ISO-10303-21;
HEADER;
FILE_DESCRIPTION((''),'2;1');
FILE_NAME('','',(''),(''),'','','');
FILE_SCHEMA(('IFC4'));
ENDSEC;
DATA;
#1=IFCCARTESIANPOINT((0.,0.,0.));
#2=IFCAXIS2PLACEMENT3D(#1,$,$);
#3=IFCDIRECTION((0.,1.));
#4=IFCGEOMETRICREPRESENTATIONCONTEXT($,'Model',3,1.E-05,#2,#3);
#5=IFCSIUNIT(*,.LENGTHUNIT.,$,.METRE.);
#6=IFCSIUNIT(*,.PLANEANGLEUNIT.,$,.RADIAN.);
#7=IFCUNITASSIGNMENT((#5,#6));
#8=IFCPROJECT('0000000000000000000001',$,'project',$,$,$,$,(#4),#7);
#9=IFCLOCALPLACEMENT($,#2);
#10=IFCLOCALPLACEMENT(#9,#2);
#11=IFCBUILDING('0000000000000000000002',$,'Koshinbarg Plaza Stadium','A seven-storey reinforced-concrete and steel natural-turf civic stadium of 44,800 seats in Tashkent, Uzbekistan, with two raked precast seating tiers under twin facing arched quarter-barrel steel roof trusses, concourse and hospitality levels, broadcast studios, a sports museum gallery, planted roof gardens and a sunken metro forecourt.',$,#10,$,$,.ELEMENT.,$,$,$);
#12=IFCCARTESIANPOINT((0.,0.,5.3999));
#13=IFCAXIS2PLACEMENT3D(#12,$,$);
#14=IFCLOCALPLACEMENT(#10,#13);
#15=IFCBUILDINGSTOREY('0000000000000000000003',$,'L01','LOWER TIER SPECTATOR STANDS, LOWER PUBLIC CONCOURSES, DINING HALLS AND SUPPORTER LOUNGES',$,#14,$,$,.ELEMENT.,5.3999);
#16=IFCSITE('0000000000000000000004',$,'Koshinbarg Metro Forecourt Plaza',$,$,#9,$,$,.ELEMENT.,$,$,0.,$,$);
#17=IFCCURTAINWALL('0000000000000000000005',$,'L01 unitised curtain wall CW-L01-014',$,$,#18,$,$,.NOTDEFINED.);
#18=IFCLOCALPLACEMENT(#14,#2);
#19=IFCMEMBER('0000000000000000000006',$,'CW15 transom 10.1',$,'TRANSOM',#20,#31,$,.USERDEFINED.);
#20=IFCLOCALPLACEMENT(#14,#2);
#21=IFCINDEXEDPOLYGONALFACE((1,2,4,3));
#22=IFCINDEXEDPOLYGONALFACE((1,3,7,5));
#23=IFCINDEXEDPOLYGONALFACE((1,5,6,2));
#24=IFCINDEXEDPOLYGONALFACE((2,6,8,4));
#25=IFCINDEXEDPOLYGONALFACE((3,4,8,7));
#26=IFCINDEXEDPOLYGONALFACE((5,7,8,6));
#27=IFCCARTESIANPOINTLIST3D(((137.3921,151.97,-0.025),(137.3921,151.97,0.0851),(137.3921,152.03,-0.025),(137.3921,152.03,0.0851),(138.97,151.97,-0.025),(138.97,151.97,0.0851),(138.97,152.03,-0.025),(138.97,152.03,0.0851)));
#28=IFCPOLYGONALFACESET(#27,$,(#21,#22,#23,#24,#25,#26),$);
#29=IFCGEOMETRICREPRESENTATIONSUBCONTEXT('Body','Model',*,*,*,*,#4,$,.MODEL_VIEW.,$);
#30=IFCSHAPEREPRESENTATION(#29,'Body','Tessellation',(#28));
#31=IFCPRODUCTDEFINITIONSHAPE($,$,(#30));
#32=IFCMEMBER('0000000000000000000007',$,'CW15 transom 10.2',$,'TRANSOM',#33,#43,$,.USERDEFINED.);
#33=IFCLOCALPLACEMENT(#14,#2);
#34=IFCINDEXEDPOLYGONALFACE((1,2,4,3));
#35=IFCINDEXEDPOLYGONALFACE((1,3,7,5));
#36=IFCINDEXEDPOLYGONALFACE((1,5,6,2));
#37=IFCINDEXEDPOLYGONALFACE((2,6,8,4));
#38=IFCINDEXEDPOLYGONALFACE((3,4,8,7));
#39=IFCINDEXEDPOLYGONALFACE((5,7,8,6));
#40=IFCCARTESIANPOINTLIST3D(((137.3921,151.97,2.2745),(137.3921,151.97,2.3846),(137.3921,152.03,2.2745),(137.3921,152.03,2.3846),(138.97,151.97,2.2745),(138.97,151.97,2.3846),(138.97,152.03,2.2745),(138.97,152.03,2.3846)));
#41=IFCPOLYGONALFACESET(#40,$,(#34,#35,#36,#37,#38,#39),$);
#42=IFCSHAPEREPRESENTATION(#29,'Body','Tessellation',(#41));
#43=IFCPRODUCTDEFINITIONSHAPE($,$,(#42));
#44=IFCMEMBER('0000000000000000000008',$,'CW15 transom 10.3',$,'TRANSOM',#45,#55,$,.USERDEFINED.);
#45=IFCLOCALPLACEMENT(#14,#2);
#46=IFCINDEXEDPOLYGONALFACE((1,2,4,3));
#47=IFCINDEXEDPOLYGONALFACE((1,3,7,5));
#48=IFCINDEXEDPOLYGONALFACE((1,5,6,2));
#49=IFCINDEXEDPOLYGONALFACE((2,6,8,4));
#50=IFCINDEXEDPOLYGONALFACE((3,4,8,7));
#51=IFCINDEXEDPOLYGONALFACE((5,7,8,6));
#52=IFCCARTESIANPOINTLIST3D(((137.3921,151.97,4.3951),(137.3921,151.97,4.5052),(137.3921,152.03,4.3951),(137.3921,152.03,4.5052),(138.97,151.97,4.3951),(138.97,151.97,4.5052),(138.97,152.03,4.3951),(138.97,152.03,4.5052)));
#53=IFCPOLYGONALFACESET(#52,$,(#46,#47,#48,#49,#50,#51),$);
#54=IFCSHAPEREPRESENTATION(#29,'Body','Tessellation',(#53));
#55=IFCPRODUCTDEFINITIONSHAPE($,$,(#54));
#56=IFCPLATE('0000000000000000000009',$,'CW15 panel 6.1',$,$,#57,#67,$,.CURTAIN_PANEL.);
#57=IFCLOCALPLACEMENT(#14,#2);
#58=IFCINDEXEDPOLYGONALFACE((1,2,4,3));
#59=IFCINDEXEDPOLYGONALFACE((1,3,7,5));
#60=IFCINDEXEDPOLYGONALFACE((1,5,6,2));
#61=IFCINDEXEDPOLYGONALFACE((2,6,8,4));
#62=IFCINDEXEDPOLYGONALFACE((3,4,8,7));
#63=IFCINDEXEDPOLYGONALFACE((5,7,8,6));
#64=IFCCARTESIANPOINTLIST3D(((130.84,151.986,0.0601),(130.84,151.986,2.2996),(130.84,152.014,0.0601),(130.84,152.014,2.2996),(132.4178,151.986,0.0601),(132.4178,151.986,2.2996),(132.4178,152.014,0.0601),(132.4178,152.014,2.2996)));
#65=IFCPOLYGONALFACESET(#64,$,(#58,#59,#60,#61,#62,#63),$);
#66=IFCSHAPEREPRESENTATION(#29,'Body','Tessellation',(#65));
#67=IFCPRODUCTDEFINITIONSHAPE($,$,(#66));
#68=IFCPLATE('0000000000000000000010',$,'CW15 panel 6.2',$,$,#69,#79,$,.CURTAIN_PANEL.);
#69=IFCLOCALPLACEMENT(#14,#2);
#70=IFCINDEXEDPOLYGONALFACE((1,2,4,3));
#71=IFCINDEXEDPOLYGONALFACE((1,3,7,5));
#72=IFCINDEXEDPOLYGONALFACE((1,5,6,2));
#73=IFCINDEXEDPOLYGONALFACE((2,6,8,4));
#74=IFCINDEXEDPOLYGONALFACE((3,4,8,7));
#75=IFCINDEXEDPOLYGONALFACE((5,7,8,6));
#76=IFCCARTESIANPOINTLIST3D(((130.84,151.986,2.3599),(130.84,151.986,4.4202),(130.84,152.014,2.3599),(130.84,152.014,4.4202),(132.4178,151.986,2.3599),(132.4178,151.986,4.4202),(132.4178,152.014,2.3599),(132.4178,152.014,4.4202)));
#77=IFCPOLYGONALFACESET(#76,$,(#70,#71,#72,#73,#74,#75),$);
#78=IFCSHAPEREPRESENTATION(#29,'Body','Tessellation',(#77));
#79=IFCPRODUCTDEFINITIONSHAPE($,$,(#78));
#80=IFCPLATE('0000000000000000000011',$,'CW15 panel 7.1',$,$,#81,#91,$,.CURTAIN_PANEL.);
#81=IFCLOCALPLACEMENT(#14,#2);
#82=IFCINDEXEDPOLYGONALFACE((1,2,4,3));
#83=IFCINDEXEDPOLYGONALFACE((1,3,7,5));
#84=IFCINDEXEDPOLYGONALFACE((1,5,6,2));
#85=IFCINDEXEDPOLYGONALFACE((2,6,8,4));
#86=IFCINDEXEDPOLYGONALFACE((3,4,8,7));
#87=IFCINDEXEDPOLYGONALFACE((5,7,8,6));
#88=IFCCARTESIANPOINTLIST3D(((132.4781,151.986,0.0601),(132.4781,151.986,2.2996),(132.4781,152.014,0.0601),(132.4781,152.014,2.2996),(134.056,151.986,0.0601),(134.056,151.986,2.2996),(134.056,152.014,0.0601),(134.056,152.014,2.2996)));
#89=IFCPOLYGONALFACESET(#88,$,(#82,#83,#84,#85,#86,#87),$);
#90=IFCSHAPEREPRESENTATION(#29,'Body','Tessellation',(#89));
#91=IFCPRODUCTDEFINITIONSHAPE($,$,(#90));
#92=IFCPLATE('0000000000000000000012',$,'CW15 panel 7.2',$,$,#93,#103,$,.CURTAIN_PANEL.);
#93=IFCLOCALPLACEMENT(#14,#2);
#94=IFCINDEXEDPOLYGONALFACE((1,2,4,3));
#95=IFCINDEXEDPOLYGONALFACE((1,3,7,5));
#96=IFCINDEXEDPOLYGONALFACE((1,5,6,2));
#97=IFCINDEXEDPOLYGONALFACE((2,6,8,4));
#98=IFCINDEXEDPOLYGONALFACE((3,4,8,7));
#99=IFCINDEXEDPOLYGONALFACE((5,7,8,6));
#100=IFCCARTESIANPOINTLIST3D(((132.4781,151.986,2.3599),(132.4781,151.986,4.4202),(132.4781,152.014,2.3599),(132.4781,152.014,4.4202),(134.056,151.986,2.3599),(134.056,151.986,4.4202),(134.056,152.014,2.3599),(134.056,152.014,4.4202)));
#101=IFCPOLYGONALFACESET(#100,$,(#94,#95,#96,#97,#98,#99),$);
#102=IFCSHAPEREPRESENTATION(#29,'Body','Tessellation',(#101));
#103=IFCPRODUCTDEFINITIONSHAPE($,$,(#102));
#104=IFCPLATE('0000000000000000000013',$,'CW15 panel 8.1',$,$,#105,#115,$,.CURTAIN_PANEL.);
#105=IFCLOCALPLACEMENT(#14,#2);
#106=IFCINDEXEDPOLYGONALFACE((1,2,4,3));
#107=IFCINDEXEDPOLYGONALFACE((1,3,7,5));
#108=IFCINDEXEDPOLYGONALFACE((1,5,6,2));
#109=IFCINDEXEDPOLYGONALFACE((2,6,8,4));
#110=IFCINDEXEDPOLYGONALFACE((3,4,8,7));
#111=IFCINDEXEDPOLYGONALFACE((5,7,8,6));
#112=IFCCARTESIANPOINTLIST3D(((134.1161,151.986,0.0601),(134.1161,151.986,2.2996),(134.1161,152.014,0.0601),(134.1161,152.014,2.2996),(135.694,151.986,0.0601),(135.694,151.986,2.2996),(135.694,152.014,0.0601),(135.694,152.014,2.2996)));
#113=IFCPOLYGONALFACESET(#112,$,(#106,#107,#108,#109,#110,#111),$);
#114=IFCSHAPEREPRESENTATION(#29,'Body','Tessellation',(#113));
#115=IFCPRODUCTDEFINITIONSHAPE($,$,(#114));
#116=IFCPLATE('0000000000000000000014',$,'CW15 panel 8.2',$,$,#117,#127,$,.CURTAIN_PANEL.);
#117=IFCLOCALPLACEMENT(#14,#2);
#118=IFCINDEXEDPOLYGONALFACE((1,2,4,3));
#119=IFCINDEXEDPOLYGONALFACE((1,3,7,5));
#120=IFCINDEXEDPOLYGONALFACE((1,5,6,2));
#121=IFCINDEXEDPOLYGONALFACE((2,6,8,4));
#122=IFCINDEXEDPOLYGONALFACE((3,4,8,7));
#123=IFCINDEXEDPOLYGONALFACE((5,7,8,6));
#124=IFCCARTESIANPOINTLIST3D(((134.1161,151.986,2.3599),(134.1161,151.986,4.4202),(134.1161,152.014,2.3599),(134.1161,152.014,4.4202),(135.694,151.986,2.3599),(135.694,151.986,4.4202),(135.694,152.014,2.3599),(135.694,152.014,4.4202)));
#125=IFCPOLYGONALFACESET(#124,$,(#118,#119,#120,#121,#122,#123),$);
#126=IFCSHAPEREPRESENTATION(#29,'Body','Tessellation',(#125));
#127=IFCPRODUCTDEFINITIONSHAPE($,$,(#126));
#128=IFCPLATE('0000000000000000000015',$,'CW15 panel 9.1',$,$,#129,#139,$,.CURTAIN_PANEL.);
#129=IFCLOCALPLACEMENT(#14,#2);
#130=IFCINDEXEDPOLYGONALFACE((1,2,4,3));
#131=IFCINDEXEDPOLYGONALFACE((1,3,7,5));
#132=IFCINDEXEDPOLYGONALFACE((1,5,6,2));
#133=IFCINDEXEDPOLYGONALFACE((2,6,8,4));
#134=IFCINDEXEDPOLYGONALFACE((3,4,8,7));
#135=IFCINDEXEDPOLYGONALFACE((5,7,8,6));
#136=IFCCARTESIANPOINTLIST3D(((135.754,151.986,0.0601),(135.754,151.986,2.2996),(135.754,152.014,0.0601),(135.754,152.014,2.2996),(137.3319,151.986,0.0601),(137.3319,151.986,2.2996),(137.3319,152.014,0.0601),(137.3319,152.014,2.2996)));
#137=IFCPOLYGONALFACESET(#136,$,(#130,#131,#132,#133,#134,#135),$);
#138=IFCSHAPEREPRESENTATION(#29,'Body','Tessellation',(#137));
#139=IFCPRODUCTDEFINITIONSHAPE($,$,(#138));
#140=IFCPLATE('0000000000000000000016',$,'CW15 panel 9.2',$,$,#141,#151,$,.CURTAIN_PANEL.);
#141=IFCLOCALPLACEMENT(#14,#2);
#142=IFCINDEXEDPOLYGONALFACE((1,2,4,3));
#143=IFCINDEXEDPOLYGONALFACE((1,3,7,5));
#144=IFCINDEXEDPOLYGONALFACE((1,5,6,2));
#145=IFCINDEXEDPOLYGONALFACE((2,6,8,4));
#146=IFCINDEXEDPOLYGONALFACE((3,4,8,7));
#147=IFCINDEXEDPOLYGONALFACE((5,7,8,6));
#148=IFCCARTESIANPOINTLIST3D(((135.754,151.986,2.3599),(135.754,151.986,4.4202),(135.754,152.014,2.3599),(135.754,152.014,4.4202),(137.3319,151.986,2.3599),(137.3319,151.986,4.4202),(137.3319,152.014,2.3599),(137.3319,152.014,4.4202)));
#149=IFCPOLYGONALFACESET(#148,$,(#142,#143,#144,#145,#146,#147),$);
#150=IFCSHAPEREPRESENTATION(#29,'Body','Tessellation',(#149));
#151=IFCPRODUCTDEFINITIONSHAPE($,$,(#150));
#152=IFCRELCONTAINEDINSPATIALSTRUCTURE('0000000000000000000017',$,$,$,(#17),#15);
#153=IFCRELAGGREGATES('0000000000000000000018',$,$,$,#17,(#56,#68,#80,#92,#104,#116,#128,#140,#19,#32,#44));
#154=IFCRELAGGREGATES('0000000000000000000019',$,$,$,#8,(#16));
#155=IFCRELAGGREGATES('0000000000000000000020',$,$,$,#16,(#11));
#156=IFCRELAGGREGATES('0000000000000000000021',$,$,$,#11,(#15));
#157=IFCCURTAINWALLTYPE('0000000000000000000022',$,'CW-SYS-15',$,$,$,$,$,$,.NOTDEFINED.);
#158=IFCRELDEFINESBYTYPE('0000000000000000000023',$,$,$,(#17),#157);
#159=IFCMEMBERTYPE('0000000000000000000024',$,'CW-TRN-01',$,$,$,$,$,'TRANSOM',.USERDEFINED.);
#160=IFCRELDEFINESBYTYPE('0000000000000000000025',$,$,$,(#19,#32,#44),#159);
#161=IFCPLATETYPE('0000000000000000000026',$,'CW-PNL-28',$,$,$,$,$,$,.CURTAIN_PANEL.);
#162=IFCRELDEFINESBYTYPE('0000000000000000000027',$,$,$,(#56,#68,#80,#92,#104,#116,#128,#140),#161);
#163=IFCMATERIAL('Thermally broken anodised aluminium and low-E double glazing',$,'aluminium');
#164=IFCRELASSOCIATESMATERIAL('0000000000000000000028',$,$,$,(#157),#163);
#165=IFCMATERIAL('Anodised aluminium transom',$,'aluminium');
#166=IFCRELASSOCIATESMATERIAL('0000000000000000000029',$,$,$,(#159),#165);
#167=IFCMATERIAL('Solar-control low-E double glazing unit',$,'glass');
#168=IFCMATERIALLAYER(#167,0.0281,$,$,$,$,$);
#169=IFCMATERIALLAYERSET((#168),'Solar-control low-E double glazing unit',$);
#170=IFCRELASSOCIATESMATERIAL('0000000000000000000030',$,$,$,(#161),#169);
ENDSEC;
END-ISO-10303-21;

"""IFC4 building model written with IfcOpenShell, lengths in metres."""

from ifc_helpers import new_model, si_unit, direction, frame, origin, origin_2d, place, context, subcontext, project, spatial, rectangle, extrude, material, layer, layer_set, material_profile, profile_set, type_object, element, aggregate, save


model = new_model("IFC4")

# Units and contexts
model_context = context("Model", 3, precision=1e-05, world=origin(), true_north=direction((0.0, 1.0)))
body_context = subcontext(model_context, "Body", "Model", "MODEL_VIEW")
ifc_project = project(units=[si_unit("LENGTHUNIT", "METRE"), si_unit("PLANEANGLEUNIT", "RADIAN")], contexts=[model_context])

# Site, building, storey
site_placement = place(None, origin())
site = spatial("IfcSite", under=ifc_project, at=site_placement, Name="Koshinbarg Metro Forecourt Plaza", CompositionType="ELEMENT", RefElevation=0.0)
building_placement = place(site_placement, origin())
building = spatial("IfcBuilding", under=site, at=building_placement, Name="Koshinbarg Plaza Stadium", Description="A seven-storey reinforced-concrete and steel natural-turf civic stadium of 44,800 seats in Tashkent, Uzbekistan, with two raked precast seating tiers under twin facing arched quarter-barrel steel roof trusses, concourse and hospitality levels, broadcast studios, a sports museum gallery, planted roof gardens and a sunken metro forecourt.", CompositionType="ELEMENT")
storey_placement = place(building_placement, frame((0.0, 0.0, 5.3999)))
storey = spatial("IfcBuildingStorey", under=building, at=storey_placement, Name="L01", Description="LOWER TIER SPECTATOR STANDS, LOWER PUBLIC CONCOURSES, DINING HALLS AND SUPPORTER LOUNGES", CompositionType="ELEMENT", Elevation=5.3999)

# Curtain wall, members, plates
ifc_material_1 = material(Name="Thermally broken anodised aluminium and low-E double glazing", Category="aluminium")
curtain_wall_type = type_object("IfcCurtainWallType", Name="CW-SYS-15", PredefinedType="NOTDEFINED", material=ifc_material_1)
curtain_wall_placement = place(storey_placement, origin())
curtain_wall = element("IfcCurtainWall", 1, at=curtain_wall_placement, inside=storey, type_object=curtain_wall_type, Name="L01 unitised curtain wall CW-L01-014", PredefinedType="NOTDEFINED")
ifc_material_2 = material(Name="Anodised aluminium transom", Category="aluminium")
ifc_material_profile_1 = material_profile(ifc_material_2, rectangle(XDim=0.0601, YDim=0.1101, at=origin_2d()), Name="ALU 60x110")
ifc_profile_set_1 = profile_set([ifc_material_profile_1], Name="Anodised aluminium transom")
member_type_1 = type_object("IfcMemberType", Name="CW-TRN-01", ElementType="TRANSOM", PredefinedType="USERDEFINED", material=ifc_profile_set_1)
member_1_placement = place(storey_placement, frame((137.3921, 152.0, 0.03), z_axis=(1.0, 0.0, 0.0), x_axis=(0.0, 1.0, 0.0)))
member_1 = element("IfcMember", 2, at=member_1_placement, type_object=member_type_1, Name="CW15 transom 10.1", ObjectType="TRANSOM", PredefinedType="USERDEFINED", context=body_context, shape_type="SweptSolid", body=[
    extrude(rectangle(XDim=0.0601, YDim=0.1101, at=origin_2d()), origin(), (0.0, 0.0, 1.0), 1.5779),
])
member_2_placement = place(storey_placement, frame((137.3921, 152.0, 2.3296), z_axis=(1.0, 0.0, 0.0), x_axis=(0.0, 1.0, 0.0)))
member_2 = element("IfcMember", 3, at=member_2_placement, type_object=member_type_1, Name="CW15 transom 10.2", ObjectType="TRANSOM", PredefinedType="USERDEFINED", context=body_context, shape_type="SweptSolid", body=[
    extrude(rectangle(XDim=0.0601, YDim=0.1101, at=origin_2d()), origin(), (0.0, 0.0, 1.0), 1.5779),
])
member_3_placement = place(storey_placement, frame((137.3921, 152.0, 4.4502), z_axis=(1.0, 0.0, 0.0), x_axis=(0.0, 1.0, 0.0)))
member_3 = element("IfcMember", 4, at=member_3_placement, type_object=member_type_1, Name="CW15 transom 10.3", ObjectType="TRANSOM", PredefinedType="USERDEFINED", context=body_context, shape_type="SweptSolid", body=[
    extrude(rectangle(XDim=0.0601, YDim=0.1101, at=origin_2d()), origin(), (0.0, 0.0, 1.0), 1.5779),
])
ifc_material_3 = material(Name="Solar-control low-E double glazing unit", Category="glass")
ifc_layer = layer(ifc_material_3, 0.0281)
ifc_layer_set = layer_set([ifc_layer], Name="Solar-control low-E double glazing unit")
plate_type = type_object("IfcPlateType", Name="CW-PNL-28", PredefinedType="CURTAIN_PANEL", material=ifc_layer_set)
plate_1_placement = place(storey_placement, frame((131.6289, 152.0, 0.0601), z_axis=(0.0, 0.0, 1.0), x_axis=(1.0, 0.0, 0.0)))
plate_1 = element("IfcPlate", 5, at=plate_1_placement, type_object=plate_type, Name="CW15 panel 6.1", PredefinedType="CURTAIN_PANEL", context=body_context, shape_type="SweptSolid", body=[
    extrude(rectangle(XDim=1.5779, YDim=0.0281, at=origin_2d()), origin(), (0.0, 0.0, 1.0), 2.2395),
])
plate_2_placement = place(storey_placement, frame((131.6289, 152.0, 2.3599), z_axis=(0.0, 0.0, 1.0), x_axis=(1.0, 0.0, 0.0)))
plate_2 = element("IfcPlate", 6, at=plate_2_placement, type_object=plate_type, Name="CW15 panel 6.2", PredefinedType="CURTAIN_PANEL", context=body_context, shape_type="SweptSolid", body=[
    extrude(rectangle(XDim=1.5779, YDim=0.0281, at=origin_2d()), origin(), (0.0, 0.0, 1.0), 2.0603),
])
plate_3_placement = place(storey_placement, frame((133.2671, 152.0, 0.0601), z_axis=(0.0, 0.0, 1.0), x_axis=(1.0, 0.0, 0.0)))
plate_3 = element("IfcPlate", 7, at=plate_3_placement, type_object=plate_type, Name="CW15 panel 7.1", PredefinedType="CURTAIN_PANEL", context=body_context, shape_type="SweptSolid", body=[
    extrude(rectangle(XDim=1.5779, YDim=0.0281, at=origin_2d()), origin(), (0.0, 0.0, 1.0), 2.2395),
])
plate_4_placement = place(storey_placement, frame((133.2671, 152.0, 2.3599), z_axis=(0.0, 0.0, 1.0), x_axis=(1.0, 0.0, 0.0)))
plate_4 = element("IfcPlate", 8, at=plate_4_placement, type_object=plate_type, Name="CW15 panel 7.2", PredefinedType="CURTAIN_PANEL", context=body_context, shape_type="SweptSolid", body=[
    extrude(rectangle(XDim=1.5779, YDim=0.0281, at=origin_2d()), origin(), (0.0, 0.0, 1.0), 2.0603),
])
plate_5_placement = place(storey_placement, frame((134.905, 152.0, 0.0601), z_axis=(0.0, 0.0, 1.0), x_axis=(1.0, 0.0, 0.0)))
plate_5 = element("IfcPlate", 9, at=plate_5_placement, type_object=plate_type, Name="CW15 panel 8.1", PredefinedType="CURTAIN_PANEL", context=body_context, shape_type="SweptSolid", body=[
    extrude(rectangle(XDim=1.5779, YDim=0.0281, at=origin_2d()), origin(), (0.0, 0.0, 1.0), 2.2395),
])
plate_6_placement = place(storey_placement, frame((134.905, 152.0, 2.3599), z_axis=(0.0, 0.0, 1.0), x_axis=(1.0, 0.0, 0.0)))
plate_6 = element("IfcPlate", 10, at=plate_6_placement, type_object=plate_type, Name="CW15 panel 8.2", PredefinedType="CURTAIN_PANEL", context=body_context, shape_type="SweptSolid", body=[
    extrude(rectangle(XDim=1.5779, YDim=0.0281, at=origin_2d()), origin(), (0.0, 0.0, 1.0), 2.0603),
])
plate_7_placement = place(storey_placement, frame((136.543, 152.0, 0.0601), z_axis=(0.0, 0.0, 1.0), x_axis=(1.0, 0.0, 0.0)))
plate_7 = element("IfcPlate", 11, at=plate_7_placement, type_object=plate_type, Name="CW15 panel 9.1", PredefinedType="CURTAIN_PANEL", context=body_context, shape_type="SweptSolid", body=[
    extrude(rectangle(XDim=1.5779, YDim=0.0281, at=origin_2d()), origin(), (0.0, 0.0, 1.0), 2.2395),
])
plate_8_placement = place(storey_placement, frame((136.543, 152.0, 2.3599), z_axis=(0.0, 0.0, 1.0), x_axis=(1.0, 0.0, 0.0)))
plate_8 = element("IfcPlate", 12, at=plate_8_placement, type_object=plate_type, Name="CW15 panel 9.2", PredefinedType="CURTAIN_PANEL", context=body_context, shape_type="SweptSolid", body=[
    extrude(rectangle(XDim=1.5779, YDim=0.0281, at=origin_2d()), origin(), (0.0, 0.0, 1.0), 2.0603),
])
aggregate(curtain_wall, [plate_1, plate_2, plate_3, plate_4, plate_5, plate_6, plate_7, plate_8, member_1, member_2, member_3])

save(model, "model.ifc")
